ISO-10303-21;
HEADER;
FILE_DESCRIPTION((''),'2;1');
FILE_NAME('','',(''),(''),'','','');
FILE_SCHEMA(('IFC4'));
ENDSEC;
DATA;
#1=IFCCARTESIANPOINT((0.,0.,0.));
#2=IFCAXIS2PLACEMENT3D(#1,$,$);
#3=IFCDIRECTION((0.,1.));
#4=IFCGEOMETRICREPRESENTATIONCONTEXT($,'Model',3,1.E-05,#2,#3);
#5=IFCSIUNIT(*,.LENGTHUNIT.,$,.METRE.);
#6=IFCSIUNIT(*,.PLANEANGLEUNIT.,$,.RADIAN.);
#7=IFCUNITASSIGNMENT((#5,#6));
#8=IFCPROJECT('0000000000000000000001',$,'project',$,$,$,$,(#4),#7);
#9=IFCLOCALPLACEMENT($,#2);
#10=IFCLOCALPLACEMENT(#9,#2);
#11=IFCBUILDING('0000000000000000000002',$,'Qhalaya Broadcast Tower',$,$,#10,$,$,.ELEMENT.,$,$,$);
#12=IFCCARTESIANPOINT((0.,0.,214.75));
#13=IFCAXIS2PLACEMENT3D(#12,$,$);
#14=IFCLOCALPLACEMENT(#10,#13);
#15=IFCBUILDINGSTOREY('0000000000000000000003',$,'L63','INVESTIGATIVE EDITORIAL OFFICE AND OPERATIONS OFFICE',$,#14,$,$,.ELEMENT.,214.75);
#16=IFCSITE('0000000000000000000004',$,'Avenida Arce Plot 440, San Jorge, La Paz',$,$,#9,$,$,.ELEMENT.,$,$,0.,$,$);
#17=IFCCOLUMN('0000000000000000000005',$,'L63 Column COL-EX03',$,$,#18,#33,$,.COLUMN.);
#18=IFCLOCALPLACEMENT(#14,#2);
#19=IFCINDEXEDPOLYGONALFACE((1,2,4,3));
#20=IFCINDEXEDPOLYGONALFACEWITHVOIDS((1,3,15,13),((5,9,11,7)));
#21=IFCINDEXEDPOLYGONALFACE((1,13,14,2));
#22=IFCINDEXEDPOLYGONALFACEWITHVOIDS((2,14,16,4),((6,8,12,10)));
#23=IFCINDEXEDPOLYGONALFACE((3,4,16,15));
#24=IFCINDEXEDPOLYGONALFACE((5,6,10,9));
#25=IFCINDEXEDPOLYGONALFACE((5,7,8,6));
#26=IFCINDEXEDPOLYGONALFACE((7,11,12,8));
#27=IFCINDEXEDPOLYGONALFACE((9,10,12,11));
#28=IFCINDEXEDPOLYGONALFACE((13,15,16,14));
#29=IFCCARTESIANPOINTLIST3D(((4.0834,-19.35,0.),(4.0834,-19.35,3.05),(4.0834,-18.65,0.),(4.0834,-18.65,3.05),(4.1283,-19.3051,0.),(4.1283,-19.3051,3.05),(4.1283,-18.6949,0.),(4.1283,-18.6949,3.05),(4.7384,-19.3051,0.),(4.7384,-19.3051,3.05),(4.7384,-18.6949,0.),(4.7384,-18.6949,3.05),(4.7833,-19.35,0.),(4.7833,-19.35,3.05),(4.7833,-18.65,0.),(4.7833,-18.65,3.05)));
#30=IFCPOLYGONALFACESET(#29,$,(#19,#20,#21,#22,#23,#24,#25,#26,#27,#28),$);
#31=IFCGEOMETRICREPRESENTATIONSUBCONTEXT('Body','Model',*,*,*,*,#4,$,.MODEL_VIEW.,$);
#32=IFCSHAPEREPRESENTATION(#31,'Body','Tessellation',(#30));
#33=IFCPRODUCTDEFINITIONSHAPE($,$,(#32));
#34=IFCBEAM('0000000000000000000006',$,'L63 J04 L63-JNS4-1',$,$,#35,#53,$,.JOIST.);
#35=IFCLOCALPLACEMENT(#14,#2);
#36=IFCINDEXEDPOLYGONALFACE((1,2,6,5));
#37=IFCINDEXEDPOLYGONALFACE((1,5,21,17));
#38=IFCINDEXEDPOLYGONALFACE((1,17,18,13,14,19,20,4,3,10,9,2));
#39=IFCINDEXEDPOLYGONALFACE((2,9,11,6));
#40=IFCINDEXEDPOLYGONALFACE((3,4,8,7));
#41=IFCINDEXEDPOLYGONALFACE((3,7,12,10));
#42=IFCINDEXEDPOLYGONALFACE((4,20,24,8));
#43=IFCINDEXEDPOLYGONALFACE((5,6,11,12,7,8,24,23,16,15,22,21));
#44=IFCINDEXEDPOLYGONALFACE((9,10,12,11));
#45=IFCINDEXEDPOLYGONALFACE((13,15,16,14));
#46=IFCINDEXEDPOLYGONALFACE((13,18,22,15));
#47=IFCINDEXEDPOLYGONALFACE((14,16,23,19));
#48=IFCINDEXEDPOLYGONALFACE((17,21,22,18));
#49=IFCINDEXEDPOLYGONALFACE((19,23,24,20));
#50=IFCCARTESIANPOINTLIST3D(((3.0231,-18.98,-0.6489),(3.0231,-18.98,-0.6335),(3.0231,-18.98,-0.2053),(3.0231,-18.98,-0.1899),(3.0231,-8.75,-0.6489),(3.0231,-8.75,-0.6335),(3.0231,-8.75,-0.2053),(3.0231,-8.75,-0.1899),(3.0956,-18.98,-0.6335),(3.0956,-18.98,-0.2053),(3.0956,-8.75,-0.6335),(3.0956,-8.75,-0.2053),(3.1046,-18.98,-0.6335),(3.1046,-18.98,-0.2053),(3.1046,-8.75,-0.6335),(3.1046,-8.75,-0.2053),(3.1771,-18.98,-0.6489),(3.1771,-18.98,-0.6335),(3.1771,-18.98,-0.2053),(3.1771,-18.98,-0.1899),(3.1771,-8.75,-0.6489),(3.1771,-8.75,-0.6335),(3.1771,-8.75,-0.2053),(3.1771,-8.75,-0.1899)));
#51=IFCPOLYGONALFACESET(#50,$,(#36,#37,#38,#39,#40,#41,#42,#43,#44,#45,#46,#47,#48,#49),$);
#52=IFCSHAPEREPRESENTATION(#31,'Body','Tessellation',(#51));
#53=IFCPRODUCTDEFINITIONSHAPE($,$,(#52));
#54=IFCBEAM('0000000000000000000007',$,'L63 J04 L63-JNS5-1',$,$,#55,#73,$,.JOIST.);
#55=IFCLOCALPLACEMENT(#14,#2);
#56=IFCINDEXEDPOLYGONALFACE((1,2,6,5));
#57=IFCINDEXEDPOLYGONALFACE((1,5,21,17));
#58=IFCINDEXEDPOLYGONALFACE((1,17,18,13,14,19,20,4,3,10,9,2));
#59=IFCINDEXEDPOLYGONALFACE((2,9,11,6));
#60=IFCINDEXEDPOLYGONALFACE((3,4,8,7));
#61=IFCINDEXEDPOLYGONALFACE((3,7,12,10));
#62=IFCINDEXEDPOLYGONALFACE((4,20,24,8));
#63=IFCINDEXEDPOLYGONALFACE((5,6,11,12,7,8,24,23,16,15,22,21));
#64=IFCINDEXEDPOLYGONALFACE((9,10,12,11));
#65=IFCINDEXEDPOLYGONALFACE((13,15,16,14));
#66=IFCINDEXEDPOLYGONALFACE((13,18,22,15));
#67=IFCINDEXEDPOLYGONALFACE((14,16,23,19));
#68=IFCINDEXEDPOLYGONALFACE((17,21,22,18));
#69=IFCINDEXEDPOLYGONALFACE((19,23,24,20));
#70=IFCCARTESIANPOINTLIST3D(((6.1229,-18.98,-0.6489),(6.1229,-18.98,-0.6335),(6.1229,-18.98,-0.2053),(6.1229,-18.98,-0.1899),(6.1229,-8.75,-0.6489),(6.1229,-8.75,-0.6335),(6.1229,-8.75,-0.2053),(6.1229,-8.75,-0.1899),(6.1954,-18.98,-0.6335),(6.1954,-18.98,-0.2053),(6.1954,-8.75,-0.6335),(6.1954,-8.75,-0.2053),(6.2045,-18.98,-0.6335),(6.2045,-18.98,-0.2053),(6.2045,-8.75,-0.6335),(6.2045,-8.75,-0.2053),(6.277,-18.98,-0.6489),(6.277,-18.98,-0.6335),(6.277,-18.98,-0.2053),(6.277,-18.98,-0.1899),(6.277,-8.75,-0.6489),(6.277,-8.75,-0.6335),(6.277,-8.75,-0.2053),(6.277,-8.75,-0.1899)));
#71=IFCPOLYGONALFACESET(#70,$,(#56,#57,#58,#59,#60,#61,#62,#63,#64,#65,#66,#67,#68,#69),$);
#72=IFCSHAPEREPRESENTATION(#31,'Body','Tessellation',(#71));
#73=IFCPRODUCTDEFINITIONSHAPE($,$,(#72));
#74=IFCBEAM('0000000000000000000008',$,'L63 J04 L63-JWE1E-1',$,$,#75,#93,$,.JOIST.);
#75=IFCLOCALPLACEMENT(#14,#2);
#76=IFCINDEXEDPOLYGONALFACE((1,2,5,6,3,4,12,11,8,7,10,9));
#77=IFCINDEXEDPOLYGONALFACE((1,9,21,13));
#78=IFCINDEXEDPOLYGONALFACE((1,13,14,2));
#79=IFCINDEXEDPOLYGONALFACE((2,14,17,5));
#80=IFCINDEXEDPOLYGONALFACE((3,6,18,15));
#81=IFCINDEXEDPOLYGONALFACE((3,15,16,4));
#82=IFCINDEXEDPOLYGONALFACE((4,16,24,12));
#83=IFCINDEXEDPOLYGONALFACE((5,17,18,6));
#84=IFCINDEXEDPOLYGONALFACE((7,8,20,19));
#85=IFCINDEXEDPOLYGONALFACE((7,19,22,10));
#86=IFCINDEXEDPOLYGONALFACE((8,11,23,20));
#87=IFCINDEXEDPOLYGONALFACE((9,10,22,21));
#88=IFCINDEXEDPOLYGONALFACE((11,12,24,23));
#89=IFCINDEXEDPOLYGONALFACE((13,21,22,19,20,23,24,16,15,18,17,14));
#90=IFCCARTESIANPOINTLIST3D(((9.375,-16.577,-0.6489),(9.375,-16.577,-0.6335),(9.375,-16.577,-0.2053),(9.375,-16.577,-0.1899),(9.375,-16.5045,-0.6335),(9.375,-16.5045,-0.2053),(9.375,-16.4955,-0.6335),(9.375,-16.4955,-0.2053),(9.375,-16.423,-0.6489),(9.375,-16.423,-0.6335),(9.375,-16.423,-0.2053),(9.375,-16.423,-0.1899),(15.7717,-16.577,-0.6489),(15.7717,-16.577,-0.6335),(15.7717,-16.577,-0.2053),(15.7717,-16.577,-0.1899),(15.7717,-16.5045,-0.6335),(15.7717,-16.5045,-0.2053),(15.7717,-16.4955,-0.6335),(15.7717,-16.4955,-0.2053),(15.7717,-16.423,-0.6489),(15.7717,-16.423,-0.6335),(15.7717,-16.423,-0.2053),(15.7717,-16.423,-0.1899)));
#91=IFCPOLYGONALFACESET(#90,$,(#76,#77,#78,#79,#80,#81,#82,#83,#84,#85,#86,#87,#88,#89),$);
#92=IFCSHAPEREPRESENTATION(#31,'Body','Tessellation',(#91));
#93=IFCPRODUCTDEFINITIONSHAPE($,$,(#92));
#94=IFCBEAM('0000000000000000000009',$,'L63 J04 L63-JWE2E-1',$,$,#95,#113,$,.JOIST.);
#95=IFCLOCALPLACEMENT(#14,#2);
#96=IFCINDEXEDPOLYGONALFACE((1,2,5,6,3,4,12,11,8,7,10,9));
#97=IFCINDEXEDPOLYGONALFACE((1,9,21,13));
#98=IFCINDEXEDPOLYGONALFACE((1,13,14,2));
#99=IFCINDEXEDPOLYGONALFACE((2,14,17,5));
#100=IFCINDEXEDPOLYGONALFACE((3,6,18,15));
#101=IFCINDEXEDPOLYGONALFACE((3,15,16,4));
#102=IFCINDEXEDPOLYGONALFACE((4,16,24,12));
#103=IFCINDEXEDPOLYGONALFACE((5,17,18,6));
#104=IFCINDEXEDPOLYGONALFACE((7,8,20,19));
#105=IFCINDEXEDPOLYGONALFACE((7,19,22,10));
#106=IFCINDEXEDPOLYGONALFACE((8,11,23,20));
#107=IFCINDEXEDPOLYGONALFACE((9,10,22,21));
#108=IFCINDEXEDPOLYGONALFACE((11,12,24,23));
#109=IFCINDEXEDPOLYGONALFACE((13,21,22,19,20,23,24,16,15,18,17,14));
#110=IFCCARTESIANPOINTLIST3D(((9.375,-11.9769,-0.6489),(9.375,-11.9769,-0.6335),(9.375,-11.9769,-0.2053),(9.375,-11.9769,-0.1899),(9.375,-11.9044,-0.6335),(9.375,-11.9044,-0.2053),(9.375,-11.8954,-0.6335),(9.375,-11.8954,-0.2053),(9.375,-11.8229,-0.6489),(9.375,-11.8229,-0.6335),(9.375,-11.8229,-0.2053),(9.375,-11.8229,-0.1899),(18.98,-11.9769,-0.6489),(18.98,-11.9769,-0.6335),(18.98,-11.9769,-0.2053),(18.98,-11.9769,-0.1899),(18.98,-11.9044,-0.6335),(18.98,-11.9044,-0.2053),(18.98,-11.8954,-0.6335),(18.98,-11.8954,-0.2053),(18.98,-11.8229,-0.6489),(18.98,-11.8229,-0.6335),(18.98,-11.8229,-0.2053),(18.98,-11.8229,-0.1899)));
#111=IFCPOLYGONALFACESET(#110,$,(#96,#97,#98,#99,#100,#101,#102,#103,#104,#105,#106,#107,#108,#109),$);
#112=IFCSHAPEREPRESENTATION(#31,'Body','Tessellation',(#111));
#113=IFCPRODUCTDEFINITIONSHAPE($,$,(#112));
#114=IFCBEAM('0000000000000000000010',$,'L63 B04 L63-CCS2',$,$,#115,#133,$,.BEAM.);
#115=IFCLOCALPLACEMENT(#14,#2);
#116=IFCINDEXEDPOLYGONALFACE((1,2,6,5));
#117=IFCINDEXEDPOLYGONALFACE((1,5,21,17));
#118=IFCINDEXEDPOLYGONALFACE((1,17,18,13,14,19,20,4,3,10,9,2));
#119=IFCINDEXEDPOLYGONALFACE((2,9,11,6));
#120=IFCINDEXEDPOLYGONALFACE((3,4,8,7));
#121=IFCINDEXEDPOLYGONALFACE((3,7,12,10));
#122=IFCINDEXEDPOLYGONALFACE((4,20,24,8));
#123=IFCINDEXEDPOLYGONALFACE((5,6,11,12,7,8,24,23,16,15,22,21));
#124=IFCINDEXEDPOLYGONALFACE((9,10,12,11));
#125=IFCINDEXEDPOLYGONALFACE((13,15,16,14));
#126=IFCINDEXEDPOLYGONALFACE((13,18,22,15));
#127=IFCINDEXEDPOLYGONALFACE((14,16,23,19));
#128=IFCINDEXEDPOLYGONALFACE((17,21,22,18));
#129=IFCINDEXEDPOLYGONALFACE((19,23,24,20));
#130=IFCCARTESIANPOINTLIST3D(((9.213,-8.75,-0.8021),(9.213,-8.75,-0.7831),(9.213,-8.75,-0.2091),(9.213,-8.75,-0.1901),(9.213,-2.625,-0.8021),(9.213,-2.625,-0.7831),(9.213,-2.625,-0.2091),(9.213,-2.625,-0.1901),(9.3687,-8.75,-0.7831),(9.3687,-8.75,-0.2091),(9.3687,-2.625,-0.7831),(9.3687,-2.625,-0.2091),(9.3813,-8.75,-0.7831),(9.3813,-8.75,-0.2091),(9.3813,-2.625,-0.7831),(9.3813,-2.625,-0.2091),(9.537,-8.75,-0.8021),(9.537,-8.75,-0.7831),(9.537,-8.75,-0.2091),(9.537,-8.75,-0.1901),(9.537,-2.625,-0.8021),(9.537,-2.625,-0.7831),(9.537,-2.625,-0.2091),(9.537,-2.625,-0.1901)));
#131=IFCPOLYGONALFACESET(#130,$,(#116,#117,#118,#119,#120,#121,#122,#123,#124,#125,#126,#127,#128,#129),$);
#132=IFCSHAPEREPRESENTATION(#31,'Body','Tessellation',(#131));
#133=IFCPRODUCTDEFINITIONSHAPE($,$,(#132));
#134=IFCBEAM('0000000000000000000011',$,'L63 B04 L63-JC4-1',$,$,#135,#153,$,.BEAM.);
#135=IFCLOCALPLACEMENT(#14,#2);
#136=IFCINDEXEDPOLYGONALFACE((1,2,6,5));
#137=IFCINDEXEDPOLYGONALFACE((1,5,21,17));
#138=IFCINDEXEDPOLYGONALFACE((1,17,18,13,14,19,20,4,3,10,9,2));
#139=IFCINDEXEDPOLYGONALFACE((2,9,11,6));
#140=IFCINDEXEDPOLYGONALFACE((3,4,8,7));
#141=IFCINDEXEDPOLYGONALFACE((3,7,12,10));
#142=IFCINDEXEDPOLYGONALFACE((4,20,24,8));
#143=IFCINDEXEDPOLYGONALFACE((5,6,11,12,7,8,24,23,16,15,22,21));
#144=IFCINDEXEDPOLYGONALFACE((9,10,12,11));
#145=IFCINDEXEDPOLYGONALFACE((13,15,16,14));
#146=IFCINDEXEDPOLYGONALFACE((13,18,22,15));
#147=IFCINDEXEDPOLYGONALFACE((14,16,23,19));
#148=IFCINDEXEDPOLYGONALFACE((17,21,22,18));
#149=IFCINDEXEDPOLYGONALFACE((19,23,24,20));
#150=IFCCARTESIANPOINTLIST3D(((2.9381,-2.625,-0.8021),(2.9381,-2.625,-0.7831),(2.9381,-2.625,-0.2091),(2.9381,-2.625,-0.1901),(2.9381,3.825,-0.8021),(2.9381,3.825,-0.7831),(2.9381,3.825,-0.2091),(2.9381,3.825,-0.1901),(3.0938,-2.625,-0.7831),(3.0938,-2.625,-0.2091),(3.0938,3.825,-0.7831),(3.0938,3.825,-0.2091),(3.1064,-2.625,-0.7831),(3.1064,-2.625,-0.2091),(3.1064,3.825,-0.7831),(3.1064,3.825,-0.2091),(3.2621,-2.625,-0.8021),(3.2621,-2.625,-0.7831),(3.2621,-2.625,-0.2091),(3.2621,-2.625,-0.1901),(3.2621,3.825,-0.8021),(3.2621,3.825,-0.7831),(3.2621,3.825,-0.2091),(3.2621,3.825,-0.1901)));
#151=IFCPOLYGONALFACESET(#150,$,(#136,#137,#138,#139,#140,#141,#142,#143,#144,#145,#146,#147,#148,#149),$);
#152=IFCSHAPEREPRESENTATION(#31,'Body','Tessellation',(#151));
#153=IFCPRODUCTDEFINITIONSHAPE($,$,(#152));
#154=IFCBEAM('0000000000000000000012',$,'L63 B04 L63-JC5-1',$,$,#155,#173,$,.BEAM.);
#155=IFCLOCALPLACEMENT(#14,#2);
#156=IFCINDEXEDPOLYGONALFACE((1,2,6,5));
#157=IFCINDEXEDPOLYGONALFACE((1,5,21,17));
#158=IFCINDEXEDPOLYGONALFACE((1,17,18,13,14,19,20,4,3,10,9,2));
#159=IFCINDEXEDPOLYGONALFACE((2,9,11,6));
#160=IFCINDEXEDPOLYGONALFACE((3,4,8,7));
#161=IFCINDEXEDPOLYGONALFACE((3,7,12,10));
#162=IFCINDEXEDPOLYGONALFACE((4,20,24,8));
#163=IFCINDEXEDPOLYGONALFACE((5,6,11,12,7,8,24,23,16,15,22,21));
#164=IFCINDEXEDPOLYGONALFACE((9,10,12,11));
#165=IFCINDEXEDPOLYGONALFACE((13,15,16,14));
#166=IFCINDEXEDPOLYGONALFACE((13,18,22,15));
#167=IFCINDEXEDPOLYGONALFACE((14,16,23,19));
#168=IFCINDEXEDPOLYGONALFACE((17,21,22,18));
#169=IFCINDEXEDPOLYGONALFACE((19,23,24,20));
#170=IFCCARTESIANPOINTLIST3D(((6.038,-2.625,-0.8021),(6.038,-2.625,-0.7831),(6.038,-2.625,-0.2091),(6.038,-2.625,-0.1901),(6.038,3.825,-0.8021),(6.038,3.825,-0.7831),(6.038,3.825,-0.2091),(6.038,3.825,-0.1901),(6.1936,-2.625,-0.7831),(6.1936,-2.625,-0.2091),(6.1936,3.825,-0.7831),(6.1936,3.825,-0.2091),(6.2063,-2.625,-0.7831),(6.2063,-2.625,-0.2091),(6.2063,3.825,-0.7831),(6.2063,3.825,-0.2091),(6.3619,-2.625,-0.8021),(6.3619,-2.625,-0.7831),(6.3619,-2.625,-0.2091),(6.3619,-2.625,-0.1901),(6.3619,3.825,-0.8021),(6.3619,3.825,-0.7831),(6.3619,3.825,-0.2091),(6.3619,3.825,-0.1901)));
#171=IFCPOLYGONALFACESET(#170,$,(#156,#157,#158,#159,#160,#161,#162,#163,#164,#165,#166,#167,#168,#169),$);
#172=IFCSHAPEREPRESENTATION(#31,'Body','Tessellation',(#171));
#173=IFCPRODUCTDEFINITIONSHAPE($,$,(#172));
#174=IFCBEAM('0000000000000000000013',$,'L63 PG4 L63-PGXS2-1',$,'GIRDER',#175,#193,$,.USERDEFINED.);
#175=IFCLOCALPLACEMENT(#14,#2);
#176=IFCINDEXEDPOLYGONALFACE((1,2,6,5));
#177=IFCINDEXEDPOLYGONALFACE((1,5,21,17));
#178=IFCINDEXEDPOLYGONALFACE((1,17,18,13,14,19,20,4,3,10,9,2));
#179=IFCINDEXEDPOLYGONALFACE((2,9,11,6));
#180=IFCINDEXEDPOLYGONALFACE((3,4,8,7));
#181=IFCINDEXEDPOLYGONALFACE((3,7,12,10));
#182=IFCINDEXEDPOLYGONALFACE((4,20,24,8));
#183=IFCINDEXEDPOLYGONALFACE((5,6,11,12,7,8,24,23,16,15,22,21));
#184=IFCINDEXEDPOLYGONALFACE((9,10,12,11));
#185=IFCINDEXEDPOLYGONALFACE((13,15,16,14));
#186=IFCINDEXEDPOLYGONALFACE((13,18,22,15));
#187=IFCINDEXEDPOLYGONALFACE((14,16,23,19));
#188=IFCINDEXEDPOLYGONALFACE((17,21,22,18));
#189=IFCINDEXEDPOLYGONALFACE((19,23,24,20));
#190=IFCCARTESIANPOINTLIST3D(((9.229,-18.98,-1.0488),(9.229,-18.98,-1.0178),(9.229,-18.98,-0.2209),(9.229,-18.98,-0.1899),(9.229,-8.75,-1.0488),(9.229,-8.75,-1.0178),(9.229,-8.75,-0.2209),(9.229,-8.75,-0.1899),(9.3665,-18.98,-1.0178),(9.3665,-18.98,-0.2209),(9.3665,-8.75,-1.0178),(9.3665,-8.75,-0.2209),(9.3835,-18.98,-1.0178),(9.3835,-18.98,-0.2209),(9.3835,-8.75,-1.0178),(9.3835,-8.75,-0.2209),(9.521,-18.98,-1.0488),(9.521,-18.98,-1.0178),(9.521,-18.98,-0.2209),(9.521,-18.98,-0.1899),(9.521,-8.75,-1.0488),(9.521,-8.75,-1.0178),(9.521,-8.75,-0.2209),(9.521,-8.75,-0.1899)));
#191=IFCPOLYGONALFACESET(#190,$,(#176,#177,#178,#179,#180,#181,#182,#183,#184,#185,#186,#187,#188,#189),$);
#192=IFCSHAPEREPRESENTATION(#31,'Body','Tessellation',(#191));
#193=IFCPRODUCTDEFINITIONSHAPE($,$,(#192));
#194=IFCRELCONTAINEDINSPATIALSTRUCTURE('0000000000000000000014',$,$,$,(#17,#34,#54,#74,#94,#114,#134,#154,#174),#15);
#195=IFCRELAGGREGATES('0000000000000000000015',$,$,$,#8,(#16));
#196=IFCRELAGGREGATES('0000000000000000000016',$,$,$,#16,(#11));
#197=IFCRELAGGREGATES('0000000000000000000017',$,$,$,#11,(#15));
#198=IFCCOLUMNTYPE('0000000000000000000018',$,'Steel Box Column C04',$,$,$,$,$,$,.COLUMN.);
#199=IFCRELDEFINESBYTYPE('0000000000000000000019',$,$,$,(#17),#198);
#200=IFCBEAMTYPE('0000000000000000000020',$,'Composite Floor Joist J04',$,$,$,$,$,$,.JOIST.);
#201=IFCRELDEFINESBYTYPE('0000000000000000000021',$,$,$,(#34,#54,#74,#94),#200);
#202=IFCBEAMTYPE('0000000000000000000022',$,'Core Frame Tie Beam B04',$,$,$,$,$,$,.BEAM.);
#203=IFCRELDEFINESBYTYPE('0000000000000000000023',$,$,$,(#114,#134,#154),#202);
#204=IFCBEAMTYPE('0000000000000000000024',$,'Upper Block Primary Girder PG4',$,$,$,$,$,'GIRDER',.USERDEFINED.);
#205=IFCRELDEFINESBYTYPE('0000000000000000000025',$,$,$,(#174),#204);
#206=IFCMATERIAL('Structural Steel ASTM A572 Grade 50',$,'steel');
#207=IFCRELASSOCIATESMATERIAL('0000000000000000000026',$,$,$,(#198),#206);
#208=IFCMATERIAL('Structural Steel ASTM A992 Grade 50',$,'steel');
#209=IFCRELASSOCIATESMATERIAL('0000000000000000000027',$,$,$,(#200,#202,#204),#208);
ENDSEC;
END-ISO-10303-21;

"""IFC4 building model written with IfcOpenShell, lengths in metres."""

from ifc_helpers import new_model, si_unit, direction, frame, origin, origin_2d, place, context, subcontext, project, spatial, hollow_rectangle, i_section, extrude, material, material_profile, profile_set, type_object, element, save


model = new_model("IFC4")

# Units and contexts
model_context = context("Model", 3, precision=1e-05, world=origin(), true_north=direction((0.0, 1.0)))
body_context = subcontext(model_context, "Body", "Model", "MODEL_VIEW")
ifc_project = project(units=[si_unit("LENGTHUNIT", "METRE"), si_unit("PLANEANGLEUNIT", "RADIAN")], contexts=[model_context])

# Site, building, storey
site_placement = place(None, origin())
site = spatial("IfcSite", under=ifc_project, at=site_placement, Name="Avenida Arce Plot 440, San Jorge, La Paz", CompositionType="ELEMENT", RefElevation=0.0)
building_placement = place(site_placement, origin())
building = spatial("IfcBuilding", under=site, at=building_placement, Name="Qhalaya Broadcast Tower", CompositionType="ELEMENT")
storey_placement = place(building_placement, frame((0.0, 0.0, 214.75)))
storey = spatial("IfcBuildingStorey", under=building, at=storey_placement, Name="L63", Description="INVESTIGATIVE EDITORIAL OFFICE AND OPERATIONS OFFICE", CompositionType="ELEMENT", Elevation=214.75)

# Column
ifc_material_1 = material(Name="Structural Steel ASTM A572 Grade 50", Category="steel")
ifc_material_profile_1 = material_profile(ifc_material_1, hollow_rectangle(XDim=0.7, YDim=0.7, WallThickness=0.0449, at=origin_2d()), Name="BOX 700x700x45")
ifc_profile_set_1 = profile_set([ifc_material_profile_1], Name="Structural Steel ASTM A572 Grade 50")
column_type = type_object("IfcColumnType", Name="Steel Box Column C04", PredefinedType="COLUMN", material=ifc_profile_set_1)
column_placement = place(storey_placement, frame((4.4333, -19.0, 0.0), z_axis=(0.0, 0.0, 1.0), x_axis=(1.0, 0.0, 0.0)))
element("IfcColumn", 1, at=column_placement, inside=storey, type_object=column_type, Name="L63 Column COL-EX03", PredefinedType="COLUMN", context=body_context, shape_type="SweptSolid", body=[
    extrude(hollow_rectangle(XDim=0.7, YDim=0.7, WallThickness=0.0449, at=origin_2d()), origin(), (0.0, 0.0, 1.0), 3.05),
])

# Beams
ifc_material_2 = material(Name="Structural Steel ASTM A992 Grade 50", Category="steel")
ifc_material_profile_2 = material_profile(ifc_material_2, i_section(OverallWidth=0.1541, OverallDepth=0.459, WebThickness=0.009, FlangeThickness=0.0154, at=origin_2d()), Name="W18X46")
ifc_profile_set_2 = profile_set([ifc_material_profile_2], Name="Structural Steel ASTM A992 Grade 50")
beam_type_1 = type_object("IfcBeamType", Name="Composite Floor Joist J04", PredefinedType="JOIST", material=ifc_profile_set_2)
for number, where, z_axis, x_axis, name in (
    (2, (3.1001, -18.98, -0.4194), (0.0, 1.0, 0.0), (-1.0, 0.0, 0.0), "L63 J04 L63-JNS4-1"),
    (3, (6.2, -18.98, -0.4194), (0.0, 1.0, 0.0), (-1.0, 0.0, 0.0), "L63 J04 L63-JNS5-1"),
):
    element("IfcBeam", number, at=place(storey_placement, frame(where, z_axis=z_axis, x_axis=x_axis)), inside=storey, type_object=beam_type_1, Name=name, PredefinedType="JOIST", context=body_context, shape_type="SweptSolid", body=[
        extrude(i_section(OverallWidth=0.1541, OverallDepth=0.459, WebThickness=0.009, FlangeThickness=0.0154, at=origin_2d()), origin(), (0.0, 0.0, 1.0), 10.23),
    ])
beam_1_placement = place(storey_placement, frame((9.375, -16.5, -0.4194), z_axis=(1.0, 0.0, 0.0), x_axis=(0.0, 1.0, 0.0)))
element("IfcBeam", 4, at=beam_1_placement, inside=storey, type_object=beam_type_1, Name="L63 J04 L63-JWE1E-1", PredefinedType="JOIST", context=body_context, shape_type="SweptSolid", body=[
    extrude(i_section(OverallWidth=0.1541, OverallDepth=0.459, WebThickness=0.009, FlangeThickness=0.0154, at=origin_2d()), origin(), (0.0, 0.0, 1.0), 6.3967),
])
beam_2_placement = place(storey_placement, frame((9.375, -11.8999, -0.4194), z_axis=(1.0, 0.0, 0.0), x_axis=(0.0, 1.0, 0.0)))
element("IfcBeam", 5, at=beam_2_placement, inside=storey, type_object=beam_type_1, Name="L63 J04 L63-JWE2E-1", PredefinedType="JOIST", context=body_context, shape_type="SweptSolid", body=[
    extrude(i_section(OverallWidth=0.1541, OverallDepth=0.459, WebThickness=0.009, FlangeThickness=0.0154, at=origin_2d()), origin(), (0.0, 0.0, 1.0), 9.605),
])
ifc_material_profile_3 = material_profile(ifc_material_2, i_section(OverallWidth=0.324, OverallDepth=0.6121, WebThickness=0.0127, FlangeThickness=0.019, at=origin_2d()), Name="W24X104")
ifc_profile_set_3 = profile_set([ifc_material_profile_3], Name="Structural Steel ASTM A992 Grade 50")
beam_type_2 = type_object("IfcBeamType", Name="Core Frame Tie Beam B04", PredefinedType="BEAM", material=ifc_profile_set_3)
beam_3_placement = place(storey_placement, frame((9.375, -8.75, -0.4961), z_axis=(0.0, 1.0, 0.0), x_axis=(-1.0, 0.0, 0.0)))
element("IfcBeam", 6, at=beam_3_placement, inside=storey, type_object=beam_type_2, Name="L63 B04 L63-CCS2", PredefinedType="BEAM", context=body_context, shape_type="SweptSolid", body=[
    extrude(i_section(OverallWidth=0.324, OverallDepth=0.6121, WebThickness=0.0127, FlangeThickness=0.019, at=origin_2d()), origin(), (0.0, 0.0, 1.0), 6.125),
])
for number, where, z_axis, x_axis, name in (
    (7, (3.1001, -2.625, -0.4961), (0.0, 1.0, 0.0), (-1.0, 0.0, 0.0), "L63 B04 L63-JC4-1"),
    (8, (6.2, -2.625, -0.4961), (0.0, 1.0, 0.0), (-1.0, 0.0, 0.0), "L63 B04 L63-JC5-1"),
):
    element("IfcBeam", number, at=place(storey_placement, frame(where, z_axis=z_axis, x_axis=x_axis)), inside=storey, type_object=beam_type_2, Name=name, PredefinedType="BEAM", context=body_context, shape_type="SweptSolid", body=[
        extrude(i_section(OverallWidth=0.324, OverallDepth=0.6121, WebThickness=0.0127, FlangeThickness=0.019, at=origin_2d()), origin(), (0.0, 0.0, 1.0), 6.45),
    ])
ifc_material_profile_4 = material_profile(ifc_material_2, i_section(OverallWidth=0.292, OverallDepth=0.8589, WebThickness=0.0171, FlangeThickness=0.031, at=origin_2d()), Name="W33X169")
ifc_profile_set_4 = profile_set([ifc_material_profile_4], Name="Structural Steel ASTM A992 Grade 50")
beam_type_3 = type_object("IfcBeamType", Name="Upper Block Primary Girder PG4", ElementType="GIRDER", PredefinedType="USERDEFINED", material=ifc_profile_set_4)
beam_4_placement = place(storey_placement, frame((9.375, -18.98, -0.6194), z_axis=(0.0, 1.0, 0.0), x_axis=(-1.0, 0.0, 0.0)))
element("IfcBeam", 9, at=beam_4_placement, inside=storey, type_object=beam_type_3, Name="L63 PG4 L63-PGXS2-1", ObjectType="GIRDER", PredefinedType="USERDEFINED", context=body_context, shape_type="SweptSolid", body=[
    extrude(i_section(OverallWidth=0.292, OverallDepth=0.8589, WebThickness=0.0171, FlangeThickness=0.031, at=origin_2d()), origin(), (0.0, 0.0, 1.0), 10.23),
])

save(model, "model.ifc")
